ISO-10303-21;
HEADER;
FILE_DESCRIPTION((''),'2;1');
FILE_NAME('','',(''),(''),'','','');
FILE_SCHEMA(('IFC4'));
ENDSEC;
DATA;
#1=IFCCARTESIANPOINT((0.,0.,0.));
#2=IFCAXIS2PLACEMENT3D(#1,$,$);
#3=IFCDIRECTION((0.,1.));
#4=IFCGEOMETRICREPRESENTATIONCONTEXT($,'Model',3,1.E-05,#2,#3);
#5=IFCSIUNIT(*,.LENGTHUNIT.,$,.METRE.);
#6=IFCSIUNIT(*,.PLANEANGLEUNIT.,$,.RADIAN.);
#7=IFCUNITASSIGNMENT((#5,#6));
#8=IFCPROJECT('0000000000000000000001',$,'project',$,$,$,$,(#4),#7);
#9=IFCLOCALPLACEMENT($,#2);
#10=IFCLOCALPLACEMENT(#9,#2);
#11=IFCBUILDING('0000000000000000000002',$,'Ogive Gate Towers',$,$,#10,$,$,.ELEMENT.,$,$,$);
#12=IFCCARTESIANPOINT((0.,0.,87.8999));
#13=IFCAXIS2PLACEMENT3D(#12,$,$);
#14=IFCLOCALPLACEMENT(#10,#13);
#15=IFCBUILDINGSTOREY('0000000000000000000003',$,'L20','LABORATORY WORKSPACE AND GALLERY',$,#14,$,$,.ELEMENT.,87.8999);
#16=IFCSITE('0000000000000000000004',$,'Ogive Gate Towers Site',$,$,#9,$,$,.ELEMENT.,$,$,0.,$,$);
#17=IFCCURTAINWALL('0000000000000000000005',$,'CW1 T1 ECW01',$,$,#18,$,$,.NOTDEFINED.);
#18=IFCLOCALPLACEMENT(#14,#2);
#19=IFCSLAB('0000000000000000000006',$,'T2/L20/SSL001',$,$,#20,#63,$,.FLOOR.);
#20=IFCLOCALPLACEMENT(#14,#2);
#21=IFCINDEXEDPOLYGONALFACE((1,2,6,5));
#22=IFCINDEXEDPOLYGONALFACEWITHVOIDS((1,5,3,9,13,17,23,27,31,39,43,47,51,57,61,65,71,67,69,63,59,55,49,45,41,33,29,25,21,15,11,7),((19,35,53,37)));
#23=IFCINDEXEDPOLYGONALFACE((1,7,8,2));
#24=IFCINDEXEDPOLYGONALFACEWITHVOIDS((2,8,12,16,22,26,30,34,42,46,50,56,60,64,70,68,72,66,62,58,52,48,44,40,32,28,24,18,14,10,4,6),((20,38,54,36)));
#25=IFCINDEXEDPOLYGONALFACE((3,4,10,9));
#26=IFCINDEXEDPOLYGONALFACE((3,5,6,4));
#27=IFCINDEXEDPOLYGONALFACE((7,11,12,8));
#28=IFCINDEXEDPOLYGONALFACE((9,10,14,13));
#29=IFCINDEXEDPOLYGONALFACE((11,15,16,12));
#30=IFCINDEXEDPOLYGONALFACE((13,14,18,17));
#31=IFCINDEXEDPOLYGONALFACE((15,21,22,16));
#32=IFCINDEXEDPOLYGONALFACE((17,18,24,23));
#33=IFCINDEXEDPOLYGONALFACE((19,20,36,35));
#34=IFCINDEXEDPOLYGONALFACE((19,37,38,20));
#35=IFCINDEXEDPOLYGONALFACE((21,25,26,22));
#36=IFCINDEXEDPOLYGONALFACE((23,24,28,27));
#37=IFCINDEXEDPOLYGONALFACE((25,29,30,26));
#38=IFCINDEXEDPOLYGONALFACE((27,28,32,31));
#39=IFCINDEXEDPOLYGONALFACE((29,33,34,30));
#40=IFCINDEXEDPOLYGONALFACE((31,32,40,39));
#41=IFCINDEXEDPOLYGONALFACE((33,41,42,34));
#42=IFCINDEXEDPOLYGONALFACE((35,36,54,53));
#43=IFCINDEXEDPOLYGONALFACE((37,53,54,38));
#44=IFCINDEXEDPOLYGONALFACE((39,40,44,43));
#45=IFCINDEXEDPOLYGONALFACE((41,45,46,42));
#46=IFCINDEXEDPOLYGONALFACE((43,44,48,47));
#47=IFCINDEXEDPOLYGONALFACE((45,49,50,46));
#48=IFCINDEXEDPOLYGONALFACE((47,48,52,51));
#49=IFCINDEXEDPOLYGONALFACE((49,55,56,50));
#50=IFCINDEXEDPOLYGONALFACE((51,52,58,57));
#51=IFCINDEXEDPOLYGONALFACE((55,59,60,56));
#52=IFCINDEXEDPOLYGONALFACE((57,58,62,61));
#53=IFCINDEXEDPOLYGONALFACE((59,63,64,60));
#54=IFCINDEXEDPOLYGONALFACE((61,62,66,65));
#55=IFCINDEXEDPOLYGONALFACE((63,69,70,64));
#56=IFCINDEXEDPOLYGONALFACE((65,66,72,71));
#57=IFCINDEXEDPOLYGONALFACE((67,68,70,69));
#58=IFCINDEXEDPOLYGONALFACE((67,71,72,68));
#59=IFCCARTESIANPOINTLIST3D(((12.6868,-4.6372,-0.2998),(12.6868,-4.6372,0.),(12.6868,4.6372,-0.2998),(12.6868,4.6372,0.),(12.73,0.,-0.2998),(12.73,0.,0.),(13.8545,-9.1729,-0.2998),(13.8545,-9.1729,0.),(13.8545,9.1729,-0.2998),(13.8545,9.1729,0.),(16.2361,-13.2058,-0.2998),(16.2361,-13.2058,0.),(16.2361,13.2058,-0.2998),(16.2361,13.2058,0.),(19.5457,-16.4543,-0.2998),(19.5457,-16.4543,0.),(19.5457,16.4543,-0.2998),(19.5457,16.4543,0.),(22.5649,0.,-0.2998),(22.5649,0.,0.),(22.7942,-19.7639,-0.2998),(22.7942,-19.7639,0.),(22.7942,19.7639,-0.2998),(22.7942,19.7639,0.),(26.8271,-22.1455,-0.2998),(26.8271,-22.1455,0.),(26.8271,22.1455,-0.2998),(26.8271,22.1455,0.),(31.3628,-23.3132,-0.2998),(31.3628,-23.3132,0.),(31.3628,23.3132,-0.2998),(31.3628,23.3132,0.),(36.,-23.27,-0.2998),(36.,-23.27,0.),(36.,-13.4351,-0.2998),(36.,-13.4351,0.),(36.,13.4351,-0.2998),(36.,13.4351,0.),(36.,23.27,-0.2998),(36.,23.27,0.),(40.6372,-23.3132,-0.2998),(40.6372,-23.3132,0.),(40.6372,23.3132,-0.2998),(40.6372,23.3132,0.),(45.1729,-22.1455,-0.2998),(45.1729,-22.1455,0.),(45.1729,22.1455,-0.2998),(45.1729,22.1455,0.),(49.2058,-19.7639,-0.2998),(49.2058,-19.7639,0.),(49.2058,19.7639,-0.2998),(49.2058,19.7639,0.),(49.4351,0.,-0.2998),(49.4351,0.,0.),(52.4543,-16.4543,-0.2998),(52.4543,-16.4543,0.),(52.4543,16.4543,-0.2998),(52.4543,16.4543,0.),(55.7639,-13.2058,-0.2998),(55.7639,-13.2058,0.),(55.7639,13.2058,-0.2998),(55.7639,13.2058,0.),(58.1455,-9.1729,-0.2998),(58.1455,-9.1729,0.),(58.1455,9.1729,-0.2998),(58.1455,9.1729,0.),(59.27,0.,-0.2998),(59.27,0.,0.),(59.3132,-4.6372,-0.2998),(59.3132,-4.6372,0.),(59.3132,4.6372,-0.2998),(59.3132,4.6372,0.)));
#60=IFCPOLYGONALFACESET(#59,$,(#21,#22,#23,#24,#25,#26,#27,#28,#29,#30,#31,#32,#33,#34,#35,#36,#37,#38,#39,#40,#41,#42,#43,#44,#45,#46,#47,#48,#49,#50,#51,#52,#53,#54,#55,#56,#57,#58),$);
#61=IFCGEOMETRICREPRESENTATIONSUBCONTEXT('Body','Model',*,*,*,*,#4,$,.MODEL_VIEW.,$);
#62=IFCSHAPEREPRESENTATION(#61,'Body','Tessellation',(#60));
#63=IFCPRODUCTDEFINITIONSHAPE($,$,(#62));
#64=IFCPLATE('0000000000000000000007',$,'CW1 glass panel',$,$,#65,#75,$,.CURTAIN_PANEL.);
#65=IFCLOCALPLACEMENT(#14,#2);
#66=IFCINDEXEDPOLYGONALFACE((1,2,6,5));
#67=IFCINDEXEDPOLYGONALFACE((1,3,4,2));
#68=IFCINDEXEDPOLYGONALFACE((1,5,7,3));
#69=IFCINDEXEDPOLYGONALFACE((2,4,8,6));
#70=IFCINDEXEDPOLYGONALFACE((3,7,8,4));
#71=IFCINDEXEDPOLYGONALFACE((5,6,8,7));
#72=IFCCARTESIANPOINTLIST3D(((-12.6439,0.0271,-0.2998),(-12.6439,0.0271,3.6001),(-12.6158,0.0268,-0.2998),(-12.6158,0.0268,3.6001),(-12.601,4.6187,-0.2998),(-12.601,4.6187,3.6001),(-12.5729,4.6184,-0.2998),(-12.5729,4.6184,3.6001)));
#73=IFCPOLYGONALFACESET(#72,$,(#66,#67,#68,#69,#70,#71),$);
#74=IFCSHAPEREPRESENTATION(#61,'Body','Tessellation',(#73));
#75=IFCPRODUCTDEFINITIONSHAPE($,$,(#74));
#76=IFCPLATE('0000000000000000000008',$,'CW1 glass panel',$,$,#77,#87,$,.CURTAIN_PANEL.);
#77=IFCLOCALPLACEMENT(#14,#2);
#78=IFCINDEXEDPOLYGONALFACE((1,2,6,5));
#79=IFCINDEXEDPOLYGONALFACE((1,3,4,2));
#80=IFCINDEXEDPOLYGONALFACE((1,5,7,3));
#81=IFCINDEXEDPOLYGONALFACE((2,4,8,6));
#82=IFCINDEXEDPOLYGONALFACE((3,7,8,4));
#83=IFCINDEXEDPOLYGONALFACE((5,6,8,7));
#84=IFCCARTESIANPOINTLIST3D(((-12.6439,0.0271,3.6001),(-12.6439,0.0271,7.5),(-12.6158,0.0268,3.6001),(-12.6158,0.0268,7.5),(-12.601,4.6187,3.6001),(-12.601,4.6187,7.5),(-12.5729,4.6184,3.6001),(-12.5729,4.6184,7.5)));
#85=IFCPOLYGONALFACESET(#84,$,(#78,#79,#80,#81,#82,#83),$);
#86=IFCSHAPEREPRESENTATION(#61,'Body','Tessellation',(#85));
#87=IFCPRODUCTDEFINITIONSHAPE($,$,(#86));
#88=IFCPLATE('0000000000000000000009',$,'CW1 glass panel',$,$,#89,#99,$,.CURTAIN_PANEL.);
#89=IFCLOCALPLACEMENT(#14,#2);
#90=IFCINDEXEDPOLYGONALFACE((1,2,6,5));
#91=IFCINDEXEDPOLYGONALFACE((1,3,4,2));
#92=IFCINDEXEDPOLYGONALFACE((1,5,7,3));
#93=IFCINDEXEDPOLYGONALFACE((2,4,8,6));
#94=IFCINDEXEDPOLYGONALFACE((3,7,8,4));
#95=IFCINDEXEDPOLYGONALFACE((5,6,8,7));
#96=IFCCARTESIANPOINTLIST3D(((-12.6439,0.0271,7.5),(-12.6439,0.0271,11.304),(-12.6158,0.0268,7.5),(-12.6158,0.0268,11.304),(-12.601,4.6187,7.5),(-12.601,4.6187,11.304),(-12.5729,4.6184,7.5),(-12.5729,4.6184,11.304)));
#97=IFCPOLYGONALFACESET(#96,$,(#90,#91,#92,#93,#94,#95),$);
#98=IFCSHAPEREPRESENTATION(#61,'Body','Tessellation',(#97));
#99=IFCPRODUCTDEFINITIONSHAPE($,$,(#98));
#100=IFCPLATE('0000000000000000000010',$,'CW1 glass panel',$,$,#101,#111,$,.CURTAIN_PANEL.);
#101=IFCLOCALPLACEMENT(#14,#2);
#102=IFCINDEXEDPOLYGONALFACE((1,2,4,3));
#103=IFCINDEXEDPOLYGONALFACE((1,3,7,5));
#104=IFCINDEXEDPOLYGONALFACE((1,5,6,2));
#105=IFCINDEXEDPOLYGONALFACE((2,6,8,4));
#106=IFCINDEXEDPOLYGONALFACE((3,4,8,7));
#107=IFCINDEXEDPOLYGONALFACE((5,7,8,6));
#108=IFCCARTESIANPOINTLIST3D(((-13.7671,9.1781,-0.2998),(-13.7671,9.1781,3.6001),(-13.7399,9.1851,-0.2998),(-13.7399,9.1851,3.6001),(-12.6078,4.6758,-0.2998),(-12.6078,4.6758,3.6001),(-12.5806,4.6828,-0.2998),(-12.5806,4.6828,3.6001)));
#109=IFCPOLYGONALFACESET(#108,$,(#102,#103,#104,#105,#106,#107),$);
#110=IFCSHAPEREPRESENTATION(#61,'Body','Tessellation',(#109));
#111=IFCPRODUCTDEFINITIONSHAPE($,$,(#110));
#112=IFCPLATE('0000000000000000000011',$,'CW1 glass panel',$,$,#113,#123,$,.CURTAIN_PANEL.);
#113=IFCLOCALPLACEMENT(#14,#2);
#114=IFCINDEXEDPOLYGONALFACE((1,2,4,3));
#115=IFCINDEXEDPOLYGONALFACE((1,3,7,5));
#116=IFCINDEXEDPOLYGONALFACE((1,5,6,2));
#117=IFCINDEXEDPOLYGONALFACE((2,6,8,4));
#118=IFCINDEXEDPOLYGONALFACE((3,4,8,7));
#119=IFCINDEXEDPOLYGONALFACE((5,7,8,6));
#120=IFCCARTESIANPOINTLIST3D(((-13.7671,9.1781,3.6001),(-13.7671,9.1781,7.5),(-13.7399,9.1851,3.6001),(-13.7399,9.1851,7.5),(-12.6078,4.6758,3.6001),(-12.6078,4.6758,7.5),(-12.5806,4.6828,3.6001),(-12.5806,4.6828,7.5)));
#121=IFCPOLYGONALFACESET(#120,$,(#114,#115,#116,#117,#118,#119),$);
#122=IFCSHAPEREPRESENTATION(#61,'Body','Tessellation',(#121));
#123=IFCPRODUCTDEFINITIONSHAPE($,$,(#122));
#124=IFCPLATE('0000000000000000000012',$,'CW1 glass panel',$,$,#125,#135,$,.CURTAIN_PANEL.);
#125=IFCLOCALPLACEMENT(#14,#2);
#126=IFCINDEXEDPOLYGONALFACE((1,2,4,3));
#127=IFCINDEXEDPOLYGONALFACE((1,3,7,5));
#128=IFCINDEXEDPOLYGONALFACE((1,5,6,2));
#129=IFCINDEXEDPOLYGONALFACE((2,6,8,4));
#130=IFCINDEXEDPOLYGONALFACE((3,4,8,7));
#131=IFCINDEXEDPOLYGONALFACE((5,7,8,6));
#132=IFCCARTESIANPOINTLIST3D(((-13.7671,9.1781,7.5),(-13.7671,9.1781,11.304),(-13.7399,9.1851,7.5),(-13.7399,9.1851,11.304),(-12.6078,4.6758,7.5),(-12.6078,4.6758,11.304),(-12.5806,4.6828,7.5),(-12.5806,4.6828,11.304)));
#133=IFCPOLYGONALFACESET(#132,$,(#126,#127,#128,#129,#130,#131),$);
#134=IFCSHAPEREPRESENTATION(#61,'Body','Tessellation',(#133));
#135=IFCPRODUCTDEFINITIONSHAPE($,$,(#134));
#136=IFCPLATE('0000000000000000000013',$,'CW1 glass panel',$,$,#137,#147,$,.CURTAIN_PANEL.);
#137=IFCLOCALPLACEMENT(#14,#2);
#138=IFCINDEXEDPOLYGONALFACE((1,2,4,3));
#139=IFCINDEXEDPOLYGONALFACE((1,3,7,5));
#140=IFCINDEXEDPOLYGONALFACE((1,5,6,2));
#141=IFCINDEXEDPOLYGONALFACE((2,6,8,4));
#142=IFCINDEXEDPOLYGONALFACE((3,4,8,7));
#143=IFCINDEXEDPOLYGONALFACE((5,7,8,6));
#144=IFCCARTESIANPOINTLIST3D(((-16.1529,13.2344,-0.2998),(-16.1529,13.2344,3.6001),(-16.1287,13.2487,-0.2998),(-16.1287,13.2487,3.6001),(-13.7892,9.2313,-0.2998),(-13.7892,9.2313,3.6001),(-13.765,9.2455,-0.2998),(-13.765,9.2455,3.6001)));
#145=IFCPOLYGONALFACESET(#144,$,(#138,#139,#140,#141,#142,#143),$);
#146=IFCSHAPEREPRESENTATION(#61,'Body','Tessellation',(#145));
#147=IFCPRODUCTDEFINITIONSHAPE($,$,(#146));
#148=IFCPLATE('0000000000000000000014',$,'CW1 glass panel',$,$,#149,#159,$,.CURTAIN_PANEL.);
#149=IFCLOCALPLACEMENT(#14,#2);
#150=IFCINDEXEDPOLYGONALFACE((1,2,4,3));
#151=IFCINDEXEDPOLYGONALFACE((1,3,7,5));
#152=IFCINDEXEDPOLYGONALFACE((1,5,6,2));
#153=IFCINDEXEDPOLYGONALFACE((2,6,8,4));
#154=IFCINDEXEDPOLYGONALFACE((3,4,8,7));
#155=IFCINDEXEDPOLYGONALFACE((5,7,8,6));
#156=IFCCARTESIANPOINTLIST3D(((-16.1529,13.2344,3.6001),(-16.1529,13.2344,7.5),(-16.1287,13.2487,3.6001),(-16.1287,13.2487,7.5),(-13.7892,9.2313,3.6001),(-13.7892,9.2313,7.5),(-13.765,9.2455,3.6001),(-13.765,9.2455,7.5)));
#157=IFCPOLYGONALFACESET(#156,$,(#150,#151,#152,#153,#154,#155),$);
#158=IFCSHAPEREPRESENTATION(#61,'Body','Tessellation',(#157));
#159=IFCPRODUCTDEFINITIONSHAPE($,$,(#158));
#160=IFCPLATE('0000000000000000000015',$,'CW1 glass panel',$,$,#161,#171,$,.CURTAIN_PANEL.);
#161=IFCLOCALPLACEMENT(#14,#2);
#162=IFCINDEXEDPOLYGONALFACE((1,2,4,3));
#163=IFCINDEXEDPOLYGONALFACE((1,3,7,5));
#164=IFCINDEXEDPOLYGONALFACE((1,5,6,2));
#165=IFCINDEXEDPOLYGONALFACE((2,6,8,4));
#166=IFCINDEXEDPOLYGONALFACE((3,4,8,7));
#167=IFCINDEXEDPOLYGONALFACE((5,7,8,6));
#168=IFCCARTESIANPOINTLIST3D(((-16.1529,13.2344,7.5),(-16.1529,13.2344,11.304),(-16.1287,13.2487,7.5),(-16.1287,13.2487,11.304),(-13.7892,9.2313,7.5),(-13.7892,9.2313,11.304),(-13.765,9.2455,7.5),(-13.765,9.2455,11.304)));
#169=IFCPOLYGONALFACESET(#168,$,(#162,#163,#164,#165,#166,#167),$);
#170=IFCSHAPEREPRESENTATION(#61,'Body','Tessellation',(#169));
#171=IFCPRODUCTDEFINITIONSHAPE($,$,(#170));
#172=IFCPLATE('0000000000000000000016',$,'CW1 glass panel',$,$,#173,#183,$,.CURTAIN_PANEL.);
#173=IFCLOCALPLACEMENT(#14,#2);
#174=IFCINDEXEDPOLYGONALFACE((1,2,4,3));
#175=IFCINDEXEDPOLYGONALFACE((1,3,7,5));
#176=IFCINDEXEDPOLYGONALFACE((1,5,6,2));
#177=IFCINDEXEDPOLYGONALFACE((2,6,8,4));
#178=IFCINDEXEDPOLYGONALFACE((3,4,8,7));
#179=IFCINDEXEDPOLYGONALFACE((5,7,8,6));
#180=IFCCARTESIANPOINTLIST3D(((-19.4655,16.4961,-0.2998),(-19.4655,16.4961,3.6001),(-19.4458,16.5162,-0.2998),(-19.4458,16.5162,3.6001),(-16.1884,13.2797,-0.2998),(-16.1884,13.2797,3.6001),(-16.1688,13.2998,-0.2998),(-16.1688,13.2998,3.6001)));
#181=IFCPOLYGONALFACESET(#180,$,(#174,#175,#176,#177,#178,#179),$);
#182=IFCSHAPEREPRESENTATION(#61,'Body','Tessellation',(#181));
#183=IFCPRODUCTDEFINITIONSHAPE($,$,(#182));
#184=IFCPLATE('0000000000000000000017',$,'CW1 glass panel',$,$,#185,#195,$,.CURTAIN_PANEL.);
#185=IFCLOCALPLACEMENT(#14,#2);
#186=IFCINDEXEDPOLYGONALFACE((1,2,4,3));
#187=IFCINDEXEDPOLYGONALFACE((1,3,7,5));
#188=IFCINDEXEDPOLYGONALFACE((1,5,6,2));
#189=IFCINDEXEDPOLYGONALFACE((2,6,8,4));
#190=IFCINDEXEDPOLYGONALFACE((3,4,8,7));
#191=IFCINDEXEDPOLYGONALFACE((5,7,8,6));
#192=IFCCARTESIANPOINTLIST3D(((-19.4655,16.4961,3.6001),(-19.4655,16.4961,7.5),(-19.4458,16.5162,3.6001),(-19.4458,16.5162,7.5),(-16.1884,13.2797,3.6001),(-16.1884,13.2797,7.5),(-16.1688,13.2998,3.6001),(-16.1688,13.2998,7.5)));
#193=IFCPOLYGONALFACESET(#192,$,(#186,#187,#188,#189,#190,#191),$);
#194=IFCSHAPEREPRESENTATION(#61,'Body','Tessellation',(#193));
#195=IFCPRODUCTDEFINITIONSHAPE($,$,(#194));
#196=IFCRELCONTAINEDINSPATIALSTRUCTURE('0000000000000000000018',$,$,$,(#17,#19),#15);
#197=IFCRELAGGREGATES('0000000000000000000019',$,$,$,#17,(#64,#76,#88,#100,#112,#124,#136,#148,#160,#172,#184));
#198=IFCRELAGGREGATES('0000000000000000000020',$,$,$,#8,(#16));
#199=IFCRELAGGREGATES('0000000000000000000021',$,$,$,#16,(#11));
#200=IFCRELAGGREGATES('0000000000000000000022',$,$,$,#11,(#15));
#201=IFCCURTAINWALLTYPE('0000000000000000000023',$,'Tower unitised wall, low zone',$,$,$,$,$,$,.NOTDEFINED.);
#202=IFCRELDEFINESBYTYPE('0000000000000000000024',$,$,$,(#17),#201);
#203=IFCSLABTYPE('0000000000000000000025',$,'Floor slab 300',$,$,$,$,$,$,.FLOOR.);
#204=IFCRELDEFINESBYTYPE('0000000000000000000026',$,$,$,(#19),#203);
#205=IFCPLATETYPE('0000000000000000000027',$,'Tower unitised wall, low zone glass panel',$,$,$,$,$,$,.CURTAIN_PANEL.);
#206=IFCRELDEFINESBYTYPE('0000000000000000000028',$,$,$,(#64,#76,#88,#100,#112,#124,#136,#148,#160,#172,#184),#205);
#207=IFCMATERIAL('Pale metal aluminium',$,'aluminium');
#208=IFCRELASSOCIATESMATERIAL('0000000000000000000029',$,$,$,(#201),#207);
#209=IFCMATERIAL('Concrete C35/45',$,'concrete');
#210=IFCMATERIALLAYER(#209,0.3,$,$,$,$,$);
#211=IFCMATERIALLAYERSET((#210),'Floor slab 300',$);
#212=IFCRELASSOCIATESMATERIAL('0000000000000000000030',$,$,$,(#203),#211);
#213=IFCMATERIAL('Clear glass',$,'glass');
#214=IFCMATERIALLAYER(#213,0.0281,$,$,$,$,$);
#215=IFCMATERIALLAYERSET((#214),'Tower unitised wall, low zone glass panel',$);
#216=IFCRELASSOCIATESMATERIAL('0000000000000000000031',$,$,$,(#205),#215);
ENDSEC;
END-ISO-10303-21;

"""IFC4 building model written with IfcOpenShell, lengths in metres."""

from ifc_helpers import new_model, si_unit, direction, frame, origin, origin_2d, place, context, subcontext, project, spatial, polyline, rectangle, outline, extrude, material, layer, layer_set, type_object, element, aggregate, save


model = new_model("IFC4")

# Units and contexts
model_context = context("Model", 3, precision=1e-05, world=origin(), true_north=direction((0.0, 1.0)))
body_context = subcontext(model_context, "Body", "Model", "MODEL_VIEW")
ifc_project = project(units=[si_unit("LENGTHUNIT", "METRE"), si_unit("PLANEANGLEUNIT", "RADIAN")], contexts=[model_context])

# Site, building, storey
site_placement = place(None, origin())
site = spatial("IfcSite", under=ifc_project, at=site_placement, Name="Ogive Gate Towers Site", CompositionType="ELEMENT", RefElevation=0.0)
building_placement = place(site_placement, origin())
building = spatial("IfcBuilding", under=site, at=building_placement, Name="Ogive Gate Towers", CompositionType="ELEMENT")
storey_placement = place(building_placement, frame((0.0, 0.0, 87.8999)))
storey = spatial("IfcBuildingStorey", under=building, at=storey_placement, Name="L20", Description="LABORATORY WORKSPACE AND GALLERY", CompositionType="ELEMENT", Elevation=87.8999)

# Curtain wall
ifc_material_1 = material(Name="Pale metal aluminium", Category="aluminium")
curtain_wall_type = type_object("IfcCurtainWallType", Name="Tower unitised wall, low zone", PredefinedType="NOTDEFINED", material=ifc_material_1)
curtain_wall_1_placement = place(storey_placement, origin())
curtain_wall_1 = element("IfcCurtainWall", 1, at=curtain_wall_1_placement, inside=storey, type_object=curtain_wall_type, Name="CW1 T1 ECW01", PredefinedType="NOTDEFINED")

# Slab
ifc_material_2 = material(Name="Concrete C35/45", Category="concrete")
ifc_layer_1 = layer(ifc_material_2, 0.3)
ifc_layer_set_1 = layer_set([ifc_layer_1], Name="Floor slab 300")
slab_type_1 = type_object("IfcSlabType", Name="Floor slab 300", PredefinedType="FLOOR", material=ifc_layer_set_1)
slab_1_placement = place(storey_placement, frame((0.0, 0.0, -0.2998)))
element("IfcSlab", 2, at=slab_1_placement, inside=storey, type_object=slab_type_1, Name="T2/L20/SSL001", PredefinedType="FLOOR", context=body_context, shape_type="SweptSolid", body=[
    extrude(outline(polyline([(59.3132, -4.6372), (59.27, 0.0), (59.3132, 4.6372), (58.1455, 9.1729), (55.7639, 13.2058), (52.4543, 16.4543), (49.2058, 19.7639), (45.1729, 22.1455), (40.6372, 23.3132), (36.0, 23.27), (31.3628, 23.3132), (26.8271, 22.1455), (22.7942, 19.7639), (19.5457, 16.4543), (16.2361, 13.2058), (13.8545, 9.1729), (12.6868, 4.6372), (12.73, 0.0), (12.6868, -4.6372), (13.8545, -9.1729), (16.2361, -13.2058), (19.5457, -16.4543), (22.7942, -19.7639), (26.8271, -22.1455), (31.3628, -23.3132), (36.0, -23.27), (40.6372, -23.3132), (45.1729, -22.1455), (49.2058, -19.7639), (52.4543, -16.4543), (55.7639, -13.2058), (58.1455, -9.1729), (59.3132, -4.6372)]), holes=[polyline([(49.4351, 0.0), (36.0, -13.4351), (22.5649, 0.0), (36.0, 13.4351), (49.4351, 0.0)])]), origin(), (0.0, 0.0, 1.0), 0.2998),
])

# Plates
ifc_material_3 = material(Name="Clear glass", Category="glass")
ifc_layer_2 = layer(ifc_material_3, 0.0281)
ifc_layer_set_2 = layer_set([ifc_layer_2], Name="Tower unitised wall, low zone glass panel")
plate_type = type_object("IfcPlateType", Name="Tower unitised wall, low zone glass panel", PredefinedType="CURTAIN_PANEL", material=ifc_layer_set_2)
plate_1_placement = place(storey_placement, frame((-12.6084, 2.3228, -0.2998), z_axis=(0.0, 0.0, 1.0), x_axis=(0.009337, 0.999956, 0.0)))
plate_1 = element("IfcPlate", 3, at=plate_1_placement, type_object=plate_type, Name="CW1 glass panel", PredefinedType="CURTAIN_PANEL", context=body_context, shape_type="SweptSolid", body=[
    extrude(rectangle(XDim=4.5918, YDim=0.0281, at=origin_2d()), origin(), (0.0, 0.0, 1.0), 3.8999),
])
plate_2_placement = place(storey_placement, frame((-12.6084, 2.3228, 3.6001), z_axis=(0.0, 0.0, 1.0), x_axis=(0.009337, 0.999956, 0.0)))
plate_2 = element("IfcPlate", 4, at=plate_2_placement, type_object=plate_type, Name="CW1 glass panel", PredefinedType="CURTAIN_PANEL", context=body_context, shape_type="SweptSolid", body=[
    extrude(rectangle(XDim=4.5918, YDim=0.0281, at=origin_2d()), origin(), (0.0, 0.0, 1.0), 3.8999),
])
plate_3_placement = place(storey_placement, frame((-12.6084, 2.3228, 7.5), z_axis=(0.0, 0.0, 1.0), x_axis=(0.009337, 0.999956, 0.0)))
plate_3 = element("IfcPlate", 5, at=plate_3_placement, type_object=plate_type, Name="CW1 glass panel", PredefinedType="CURTAIN_PANEL", context=body_context, shape_type="SweptSolid", body=[
    extrude(rectangle(XDim=4.5918, YDim=0.0281, at=origin_2d()), origin(), (0.0, 0.0, 1.0), 3.804),
])
plate_4_placement = place(storey_placement, frame((-13.1738, 6.9304, -0.2998), z_axis=(0.0, 0.0, 1.0), x_axis=(-0.249349, 0.968414, 0.0)))
plate_4 = element("IfcPlate", 6, at=plate_4_placement, type_object=plate_type, Name="CW1 glass panel", PredefinedType="CURTAIN_PANEL", context=body_context, shape_type="SweptSolid", body=[
    extrude(rectangle(XDim=4.6492, YDim=0.0281, at=origin_2d()), origin(), (0.0, 0.0, 1.0), 3.8999),
])
plate_5_placement = place(storey_placement, frame((-13.1738, 6.9304, 3.6001), z_axis=(0.0, 0.0, 1.0), x_axis=(-0.249349, 0.968414, 0.0)))
plate_5 = element("IfcPlate", 7, at=plate_5_placement, type_object=plate_type, Name="CW1 glass panel", PredefinedType="CURTAIN_PANEL", context=body_context, shape_type="SweptSolid", body=[
    extrude(rectangle(XDim=4.6492, YDim=0.0281, at=origin_2d()), origin(), (0.0, 0.0, 1.0), 3.8999),
])
plate_6_placement = place(storey_placement, frame((-13.1738, 6.9304, 7.5), z_axis=(0.0, 0.0, 1.0), x_axis=(-0.249349, 0.968414, 0.0)))
plate_6 = element("IfcPlate", 8, at=plate_6_placement, type_object=plate_type, Name="CW1 glass panel", PredefinedType="CURTAIN_PANEL", context=body_context, shape_type="SweptSolid", body=[
    extrude(rectangle(XDim=4.6492, YDim=0.0281, at=origin_2d()), origin(), (0.0, 0.0, 1.0), 3.804),
])
plate_7_placement = place(storey_placement, frame((-14.959, 11.24, -0.2998), z_axis=(0.0, 0.0, 1.0), x_axis=(-0.50844, 0.861097, 0.0)))
plate_7 = element("IfcPlate", 9, at=plate_7_placement, type_object=plate_type, Name="CW1 glass panel", PredefinedType="CURTAIN_PANEL", context=body_context, shape_type="SweptSolid", body=[
    extrude(rectangle(XDim=4.6489, YDim=0.0281, at=origin_2d()), origin(), (0.0, 0.0, 1.0), 3.8999),
])
plate_8_placement = place(storey_placement, frame((-14.959, 11.24, 3.6001), z_axis=(0.0, 0.0, 1.0), x_axis=(-0.50844, 0.861097, 0.0)))
plate_8 = element("IfcPlate", 10, at=plate_8_placement, type_object=plate_type, Name="CW1 glass panel", PredefinedType="CURTAIN_PANEL", context=body_context, shape_type="SweptSolid", body=[
    extrude(rectangle(XDim=4.6489, YDim=0.0281, at=origin_2d()), origin(), (0.0, 0.0, 1.0), 3.8999),
])
plate_9_placement = place(storey_placement, frame((-14.959, 11.24, 7.5), z_axis=(0.0, 0.0, 1.0), x_axis=(-0.50844, 0.861097, 0.0)))
plate_9 = element("IfcPlate", 11, at=plate_9_placement, type_object=plate_type, Name="CW1 glass panel", PredefinedType="CURTAIN_PANEL", context=body_context, shape_type="SweptSolid", body=[
    extrude(rectangle(XDim=4.6489, YDim=0.0281, at=origin_2d()), origin(), (0.0, 0.0, 1.0), 3.804),
])
plate_10_placement = place(storey_placement, frame((-17.8171, 14.8979, -0.2998), z_axis=(0.0, 0.0, 1.0), x_axis=(-0.713678, 0.700473, 0.0)))
plate_10 = element("IfcPlate", 12, at=plate_10_placement, type_object=plate_type, Name="CW1 glass panel", PredefinedType="CURTAIN_PANEL", context=body_context, shape_type="SweptSolid", body=[
    extrude(rectangle(XDim=4.5918, YDim=0.0281, at=origin_2d()), origin(), (0.0, 0.0, 1.0), 3.8999),
])
plate_11_placement = place(storey_placement, frame((-17.8171, 14.8979, 3.6001), z_axis=(0.0, 0.0, 1.0), x_axis=(-0.713678, 0.700473, 0.0)))
plate_11 = element("IfcPlate", 13, at=plate_11_placement, type_object=plate_type, Name="CW1 glass panel", PredefinedType="CURTAIN_PANEL", context=body_context, shape_type="SweptSolid", body=[
    extrude(rectangle(XDim=4.5918, YDim=0.0281, at=origin_2d()), origin(), (0.0, 0.0, 1.0), 3.8999),
])
aggregate(curtain_wall_1, [plate_1, plate_2, plate_3, plate_4, plate_5, plate_6, plate_7, plate_8, plate_9, plate_10, plate_11])

save(model, "model.ifc")
